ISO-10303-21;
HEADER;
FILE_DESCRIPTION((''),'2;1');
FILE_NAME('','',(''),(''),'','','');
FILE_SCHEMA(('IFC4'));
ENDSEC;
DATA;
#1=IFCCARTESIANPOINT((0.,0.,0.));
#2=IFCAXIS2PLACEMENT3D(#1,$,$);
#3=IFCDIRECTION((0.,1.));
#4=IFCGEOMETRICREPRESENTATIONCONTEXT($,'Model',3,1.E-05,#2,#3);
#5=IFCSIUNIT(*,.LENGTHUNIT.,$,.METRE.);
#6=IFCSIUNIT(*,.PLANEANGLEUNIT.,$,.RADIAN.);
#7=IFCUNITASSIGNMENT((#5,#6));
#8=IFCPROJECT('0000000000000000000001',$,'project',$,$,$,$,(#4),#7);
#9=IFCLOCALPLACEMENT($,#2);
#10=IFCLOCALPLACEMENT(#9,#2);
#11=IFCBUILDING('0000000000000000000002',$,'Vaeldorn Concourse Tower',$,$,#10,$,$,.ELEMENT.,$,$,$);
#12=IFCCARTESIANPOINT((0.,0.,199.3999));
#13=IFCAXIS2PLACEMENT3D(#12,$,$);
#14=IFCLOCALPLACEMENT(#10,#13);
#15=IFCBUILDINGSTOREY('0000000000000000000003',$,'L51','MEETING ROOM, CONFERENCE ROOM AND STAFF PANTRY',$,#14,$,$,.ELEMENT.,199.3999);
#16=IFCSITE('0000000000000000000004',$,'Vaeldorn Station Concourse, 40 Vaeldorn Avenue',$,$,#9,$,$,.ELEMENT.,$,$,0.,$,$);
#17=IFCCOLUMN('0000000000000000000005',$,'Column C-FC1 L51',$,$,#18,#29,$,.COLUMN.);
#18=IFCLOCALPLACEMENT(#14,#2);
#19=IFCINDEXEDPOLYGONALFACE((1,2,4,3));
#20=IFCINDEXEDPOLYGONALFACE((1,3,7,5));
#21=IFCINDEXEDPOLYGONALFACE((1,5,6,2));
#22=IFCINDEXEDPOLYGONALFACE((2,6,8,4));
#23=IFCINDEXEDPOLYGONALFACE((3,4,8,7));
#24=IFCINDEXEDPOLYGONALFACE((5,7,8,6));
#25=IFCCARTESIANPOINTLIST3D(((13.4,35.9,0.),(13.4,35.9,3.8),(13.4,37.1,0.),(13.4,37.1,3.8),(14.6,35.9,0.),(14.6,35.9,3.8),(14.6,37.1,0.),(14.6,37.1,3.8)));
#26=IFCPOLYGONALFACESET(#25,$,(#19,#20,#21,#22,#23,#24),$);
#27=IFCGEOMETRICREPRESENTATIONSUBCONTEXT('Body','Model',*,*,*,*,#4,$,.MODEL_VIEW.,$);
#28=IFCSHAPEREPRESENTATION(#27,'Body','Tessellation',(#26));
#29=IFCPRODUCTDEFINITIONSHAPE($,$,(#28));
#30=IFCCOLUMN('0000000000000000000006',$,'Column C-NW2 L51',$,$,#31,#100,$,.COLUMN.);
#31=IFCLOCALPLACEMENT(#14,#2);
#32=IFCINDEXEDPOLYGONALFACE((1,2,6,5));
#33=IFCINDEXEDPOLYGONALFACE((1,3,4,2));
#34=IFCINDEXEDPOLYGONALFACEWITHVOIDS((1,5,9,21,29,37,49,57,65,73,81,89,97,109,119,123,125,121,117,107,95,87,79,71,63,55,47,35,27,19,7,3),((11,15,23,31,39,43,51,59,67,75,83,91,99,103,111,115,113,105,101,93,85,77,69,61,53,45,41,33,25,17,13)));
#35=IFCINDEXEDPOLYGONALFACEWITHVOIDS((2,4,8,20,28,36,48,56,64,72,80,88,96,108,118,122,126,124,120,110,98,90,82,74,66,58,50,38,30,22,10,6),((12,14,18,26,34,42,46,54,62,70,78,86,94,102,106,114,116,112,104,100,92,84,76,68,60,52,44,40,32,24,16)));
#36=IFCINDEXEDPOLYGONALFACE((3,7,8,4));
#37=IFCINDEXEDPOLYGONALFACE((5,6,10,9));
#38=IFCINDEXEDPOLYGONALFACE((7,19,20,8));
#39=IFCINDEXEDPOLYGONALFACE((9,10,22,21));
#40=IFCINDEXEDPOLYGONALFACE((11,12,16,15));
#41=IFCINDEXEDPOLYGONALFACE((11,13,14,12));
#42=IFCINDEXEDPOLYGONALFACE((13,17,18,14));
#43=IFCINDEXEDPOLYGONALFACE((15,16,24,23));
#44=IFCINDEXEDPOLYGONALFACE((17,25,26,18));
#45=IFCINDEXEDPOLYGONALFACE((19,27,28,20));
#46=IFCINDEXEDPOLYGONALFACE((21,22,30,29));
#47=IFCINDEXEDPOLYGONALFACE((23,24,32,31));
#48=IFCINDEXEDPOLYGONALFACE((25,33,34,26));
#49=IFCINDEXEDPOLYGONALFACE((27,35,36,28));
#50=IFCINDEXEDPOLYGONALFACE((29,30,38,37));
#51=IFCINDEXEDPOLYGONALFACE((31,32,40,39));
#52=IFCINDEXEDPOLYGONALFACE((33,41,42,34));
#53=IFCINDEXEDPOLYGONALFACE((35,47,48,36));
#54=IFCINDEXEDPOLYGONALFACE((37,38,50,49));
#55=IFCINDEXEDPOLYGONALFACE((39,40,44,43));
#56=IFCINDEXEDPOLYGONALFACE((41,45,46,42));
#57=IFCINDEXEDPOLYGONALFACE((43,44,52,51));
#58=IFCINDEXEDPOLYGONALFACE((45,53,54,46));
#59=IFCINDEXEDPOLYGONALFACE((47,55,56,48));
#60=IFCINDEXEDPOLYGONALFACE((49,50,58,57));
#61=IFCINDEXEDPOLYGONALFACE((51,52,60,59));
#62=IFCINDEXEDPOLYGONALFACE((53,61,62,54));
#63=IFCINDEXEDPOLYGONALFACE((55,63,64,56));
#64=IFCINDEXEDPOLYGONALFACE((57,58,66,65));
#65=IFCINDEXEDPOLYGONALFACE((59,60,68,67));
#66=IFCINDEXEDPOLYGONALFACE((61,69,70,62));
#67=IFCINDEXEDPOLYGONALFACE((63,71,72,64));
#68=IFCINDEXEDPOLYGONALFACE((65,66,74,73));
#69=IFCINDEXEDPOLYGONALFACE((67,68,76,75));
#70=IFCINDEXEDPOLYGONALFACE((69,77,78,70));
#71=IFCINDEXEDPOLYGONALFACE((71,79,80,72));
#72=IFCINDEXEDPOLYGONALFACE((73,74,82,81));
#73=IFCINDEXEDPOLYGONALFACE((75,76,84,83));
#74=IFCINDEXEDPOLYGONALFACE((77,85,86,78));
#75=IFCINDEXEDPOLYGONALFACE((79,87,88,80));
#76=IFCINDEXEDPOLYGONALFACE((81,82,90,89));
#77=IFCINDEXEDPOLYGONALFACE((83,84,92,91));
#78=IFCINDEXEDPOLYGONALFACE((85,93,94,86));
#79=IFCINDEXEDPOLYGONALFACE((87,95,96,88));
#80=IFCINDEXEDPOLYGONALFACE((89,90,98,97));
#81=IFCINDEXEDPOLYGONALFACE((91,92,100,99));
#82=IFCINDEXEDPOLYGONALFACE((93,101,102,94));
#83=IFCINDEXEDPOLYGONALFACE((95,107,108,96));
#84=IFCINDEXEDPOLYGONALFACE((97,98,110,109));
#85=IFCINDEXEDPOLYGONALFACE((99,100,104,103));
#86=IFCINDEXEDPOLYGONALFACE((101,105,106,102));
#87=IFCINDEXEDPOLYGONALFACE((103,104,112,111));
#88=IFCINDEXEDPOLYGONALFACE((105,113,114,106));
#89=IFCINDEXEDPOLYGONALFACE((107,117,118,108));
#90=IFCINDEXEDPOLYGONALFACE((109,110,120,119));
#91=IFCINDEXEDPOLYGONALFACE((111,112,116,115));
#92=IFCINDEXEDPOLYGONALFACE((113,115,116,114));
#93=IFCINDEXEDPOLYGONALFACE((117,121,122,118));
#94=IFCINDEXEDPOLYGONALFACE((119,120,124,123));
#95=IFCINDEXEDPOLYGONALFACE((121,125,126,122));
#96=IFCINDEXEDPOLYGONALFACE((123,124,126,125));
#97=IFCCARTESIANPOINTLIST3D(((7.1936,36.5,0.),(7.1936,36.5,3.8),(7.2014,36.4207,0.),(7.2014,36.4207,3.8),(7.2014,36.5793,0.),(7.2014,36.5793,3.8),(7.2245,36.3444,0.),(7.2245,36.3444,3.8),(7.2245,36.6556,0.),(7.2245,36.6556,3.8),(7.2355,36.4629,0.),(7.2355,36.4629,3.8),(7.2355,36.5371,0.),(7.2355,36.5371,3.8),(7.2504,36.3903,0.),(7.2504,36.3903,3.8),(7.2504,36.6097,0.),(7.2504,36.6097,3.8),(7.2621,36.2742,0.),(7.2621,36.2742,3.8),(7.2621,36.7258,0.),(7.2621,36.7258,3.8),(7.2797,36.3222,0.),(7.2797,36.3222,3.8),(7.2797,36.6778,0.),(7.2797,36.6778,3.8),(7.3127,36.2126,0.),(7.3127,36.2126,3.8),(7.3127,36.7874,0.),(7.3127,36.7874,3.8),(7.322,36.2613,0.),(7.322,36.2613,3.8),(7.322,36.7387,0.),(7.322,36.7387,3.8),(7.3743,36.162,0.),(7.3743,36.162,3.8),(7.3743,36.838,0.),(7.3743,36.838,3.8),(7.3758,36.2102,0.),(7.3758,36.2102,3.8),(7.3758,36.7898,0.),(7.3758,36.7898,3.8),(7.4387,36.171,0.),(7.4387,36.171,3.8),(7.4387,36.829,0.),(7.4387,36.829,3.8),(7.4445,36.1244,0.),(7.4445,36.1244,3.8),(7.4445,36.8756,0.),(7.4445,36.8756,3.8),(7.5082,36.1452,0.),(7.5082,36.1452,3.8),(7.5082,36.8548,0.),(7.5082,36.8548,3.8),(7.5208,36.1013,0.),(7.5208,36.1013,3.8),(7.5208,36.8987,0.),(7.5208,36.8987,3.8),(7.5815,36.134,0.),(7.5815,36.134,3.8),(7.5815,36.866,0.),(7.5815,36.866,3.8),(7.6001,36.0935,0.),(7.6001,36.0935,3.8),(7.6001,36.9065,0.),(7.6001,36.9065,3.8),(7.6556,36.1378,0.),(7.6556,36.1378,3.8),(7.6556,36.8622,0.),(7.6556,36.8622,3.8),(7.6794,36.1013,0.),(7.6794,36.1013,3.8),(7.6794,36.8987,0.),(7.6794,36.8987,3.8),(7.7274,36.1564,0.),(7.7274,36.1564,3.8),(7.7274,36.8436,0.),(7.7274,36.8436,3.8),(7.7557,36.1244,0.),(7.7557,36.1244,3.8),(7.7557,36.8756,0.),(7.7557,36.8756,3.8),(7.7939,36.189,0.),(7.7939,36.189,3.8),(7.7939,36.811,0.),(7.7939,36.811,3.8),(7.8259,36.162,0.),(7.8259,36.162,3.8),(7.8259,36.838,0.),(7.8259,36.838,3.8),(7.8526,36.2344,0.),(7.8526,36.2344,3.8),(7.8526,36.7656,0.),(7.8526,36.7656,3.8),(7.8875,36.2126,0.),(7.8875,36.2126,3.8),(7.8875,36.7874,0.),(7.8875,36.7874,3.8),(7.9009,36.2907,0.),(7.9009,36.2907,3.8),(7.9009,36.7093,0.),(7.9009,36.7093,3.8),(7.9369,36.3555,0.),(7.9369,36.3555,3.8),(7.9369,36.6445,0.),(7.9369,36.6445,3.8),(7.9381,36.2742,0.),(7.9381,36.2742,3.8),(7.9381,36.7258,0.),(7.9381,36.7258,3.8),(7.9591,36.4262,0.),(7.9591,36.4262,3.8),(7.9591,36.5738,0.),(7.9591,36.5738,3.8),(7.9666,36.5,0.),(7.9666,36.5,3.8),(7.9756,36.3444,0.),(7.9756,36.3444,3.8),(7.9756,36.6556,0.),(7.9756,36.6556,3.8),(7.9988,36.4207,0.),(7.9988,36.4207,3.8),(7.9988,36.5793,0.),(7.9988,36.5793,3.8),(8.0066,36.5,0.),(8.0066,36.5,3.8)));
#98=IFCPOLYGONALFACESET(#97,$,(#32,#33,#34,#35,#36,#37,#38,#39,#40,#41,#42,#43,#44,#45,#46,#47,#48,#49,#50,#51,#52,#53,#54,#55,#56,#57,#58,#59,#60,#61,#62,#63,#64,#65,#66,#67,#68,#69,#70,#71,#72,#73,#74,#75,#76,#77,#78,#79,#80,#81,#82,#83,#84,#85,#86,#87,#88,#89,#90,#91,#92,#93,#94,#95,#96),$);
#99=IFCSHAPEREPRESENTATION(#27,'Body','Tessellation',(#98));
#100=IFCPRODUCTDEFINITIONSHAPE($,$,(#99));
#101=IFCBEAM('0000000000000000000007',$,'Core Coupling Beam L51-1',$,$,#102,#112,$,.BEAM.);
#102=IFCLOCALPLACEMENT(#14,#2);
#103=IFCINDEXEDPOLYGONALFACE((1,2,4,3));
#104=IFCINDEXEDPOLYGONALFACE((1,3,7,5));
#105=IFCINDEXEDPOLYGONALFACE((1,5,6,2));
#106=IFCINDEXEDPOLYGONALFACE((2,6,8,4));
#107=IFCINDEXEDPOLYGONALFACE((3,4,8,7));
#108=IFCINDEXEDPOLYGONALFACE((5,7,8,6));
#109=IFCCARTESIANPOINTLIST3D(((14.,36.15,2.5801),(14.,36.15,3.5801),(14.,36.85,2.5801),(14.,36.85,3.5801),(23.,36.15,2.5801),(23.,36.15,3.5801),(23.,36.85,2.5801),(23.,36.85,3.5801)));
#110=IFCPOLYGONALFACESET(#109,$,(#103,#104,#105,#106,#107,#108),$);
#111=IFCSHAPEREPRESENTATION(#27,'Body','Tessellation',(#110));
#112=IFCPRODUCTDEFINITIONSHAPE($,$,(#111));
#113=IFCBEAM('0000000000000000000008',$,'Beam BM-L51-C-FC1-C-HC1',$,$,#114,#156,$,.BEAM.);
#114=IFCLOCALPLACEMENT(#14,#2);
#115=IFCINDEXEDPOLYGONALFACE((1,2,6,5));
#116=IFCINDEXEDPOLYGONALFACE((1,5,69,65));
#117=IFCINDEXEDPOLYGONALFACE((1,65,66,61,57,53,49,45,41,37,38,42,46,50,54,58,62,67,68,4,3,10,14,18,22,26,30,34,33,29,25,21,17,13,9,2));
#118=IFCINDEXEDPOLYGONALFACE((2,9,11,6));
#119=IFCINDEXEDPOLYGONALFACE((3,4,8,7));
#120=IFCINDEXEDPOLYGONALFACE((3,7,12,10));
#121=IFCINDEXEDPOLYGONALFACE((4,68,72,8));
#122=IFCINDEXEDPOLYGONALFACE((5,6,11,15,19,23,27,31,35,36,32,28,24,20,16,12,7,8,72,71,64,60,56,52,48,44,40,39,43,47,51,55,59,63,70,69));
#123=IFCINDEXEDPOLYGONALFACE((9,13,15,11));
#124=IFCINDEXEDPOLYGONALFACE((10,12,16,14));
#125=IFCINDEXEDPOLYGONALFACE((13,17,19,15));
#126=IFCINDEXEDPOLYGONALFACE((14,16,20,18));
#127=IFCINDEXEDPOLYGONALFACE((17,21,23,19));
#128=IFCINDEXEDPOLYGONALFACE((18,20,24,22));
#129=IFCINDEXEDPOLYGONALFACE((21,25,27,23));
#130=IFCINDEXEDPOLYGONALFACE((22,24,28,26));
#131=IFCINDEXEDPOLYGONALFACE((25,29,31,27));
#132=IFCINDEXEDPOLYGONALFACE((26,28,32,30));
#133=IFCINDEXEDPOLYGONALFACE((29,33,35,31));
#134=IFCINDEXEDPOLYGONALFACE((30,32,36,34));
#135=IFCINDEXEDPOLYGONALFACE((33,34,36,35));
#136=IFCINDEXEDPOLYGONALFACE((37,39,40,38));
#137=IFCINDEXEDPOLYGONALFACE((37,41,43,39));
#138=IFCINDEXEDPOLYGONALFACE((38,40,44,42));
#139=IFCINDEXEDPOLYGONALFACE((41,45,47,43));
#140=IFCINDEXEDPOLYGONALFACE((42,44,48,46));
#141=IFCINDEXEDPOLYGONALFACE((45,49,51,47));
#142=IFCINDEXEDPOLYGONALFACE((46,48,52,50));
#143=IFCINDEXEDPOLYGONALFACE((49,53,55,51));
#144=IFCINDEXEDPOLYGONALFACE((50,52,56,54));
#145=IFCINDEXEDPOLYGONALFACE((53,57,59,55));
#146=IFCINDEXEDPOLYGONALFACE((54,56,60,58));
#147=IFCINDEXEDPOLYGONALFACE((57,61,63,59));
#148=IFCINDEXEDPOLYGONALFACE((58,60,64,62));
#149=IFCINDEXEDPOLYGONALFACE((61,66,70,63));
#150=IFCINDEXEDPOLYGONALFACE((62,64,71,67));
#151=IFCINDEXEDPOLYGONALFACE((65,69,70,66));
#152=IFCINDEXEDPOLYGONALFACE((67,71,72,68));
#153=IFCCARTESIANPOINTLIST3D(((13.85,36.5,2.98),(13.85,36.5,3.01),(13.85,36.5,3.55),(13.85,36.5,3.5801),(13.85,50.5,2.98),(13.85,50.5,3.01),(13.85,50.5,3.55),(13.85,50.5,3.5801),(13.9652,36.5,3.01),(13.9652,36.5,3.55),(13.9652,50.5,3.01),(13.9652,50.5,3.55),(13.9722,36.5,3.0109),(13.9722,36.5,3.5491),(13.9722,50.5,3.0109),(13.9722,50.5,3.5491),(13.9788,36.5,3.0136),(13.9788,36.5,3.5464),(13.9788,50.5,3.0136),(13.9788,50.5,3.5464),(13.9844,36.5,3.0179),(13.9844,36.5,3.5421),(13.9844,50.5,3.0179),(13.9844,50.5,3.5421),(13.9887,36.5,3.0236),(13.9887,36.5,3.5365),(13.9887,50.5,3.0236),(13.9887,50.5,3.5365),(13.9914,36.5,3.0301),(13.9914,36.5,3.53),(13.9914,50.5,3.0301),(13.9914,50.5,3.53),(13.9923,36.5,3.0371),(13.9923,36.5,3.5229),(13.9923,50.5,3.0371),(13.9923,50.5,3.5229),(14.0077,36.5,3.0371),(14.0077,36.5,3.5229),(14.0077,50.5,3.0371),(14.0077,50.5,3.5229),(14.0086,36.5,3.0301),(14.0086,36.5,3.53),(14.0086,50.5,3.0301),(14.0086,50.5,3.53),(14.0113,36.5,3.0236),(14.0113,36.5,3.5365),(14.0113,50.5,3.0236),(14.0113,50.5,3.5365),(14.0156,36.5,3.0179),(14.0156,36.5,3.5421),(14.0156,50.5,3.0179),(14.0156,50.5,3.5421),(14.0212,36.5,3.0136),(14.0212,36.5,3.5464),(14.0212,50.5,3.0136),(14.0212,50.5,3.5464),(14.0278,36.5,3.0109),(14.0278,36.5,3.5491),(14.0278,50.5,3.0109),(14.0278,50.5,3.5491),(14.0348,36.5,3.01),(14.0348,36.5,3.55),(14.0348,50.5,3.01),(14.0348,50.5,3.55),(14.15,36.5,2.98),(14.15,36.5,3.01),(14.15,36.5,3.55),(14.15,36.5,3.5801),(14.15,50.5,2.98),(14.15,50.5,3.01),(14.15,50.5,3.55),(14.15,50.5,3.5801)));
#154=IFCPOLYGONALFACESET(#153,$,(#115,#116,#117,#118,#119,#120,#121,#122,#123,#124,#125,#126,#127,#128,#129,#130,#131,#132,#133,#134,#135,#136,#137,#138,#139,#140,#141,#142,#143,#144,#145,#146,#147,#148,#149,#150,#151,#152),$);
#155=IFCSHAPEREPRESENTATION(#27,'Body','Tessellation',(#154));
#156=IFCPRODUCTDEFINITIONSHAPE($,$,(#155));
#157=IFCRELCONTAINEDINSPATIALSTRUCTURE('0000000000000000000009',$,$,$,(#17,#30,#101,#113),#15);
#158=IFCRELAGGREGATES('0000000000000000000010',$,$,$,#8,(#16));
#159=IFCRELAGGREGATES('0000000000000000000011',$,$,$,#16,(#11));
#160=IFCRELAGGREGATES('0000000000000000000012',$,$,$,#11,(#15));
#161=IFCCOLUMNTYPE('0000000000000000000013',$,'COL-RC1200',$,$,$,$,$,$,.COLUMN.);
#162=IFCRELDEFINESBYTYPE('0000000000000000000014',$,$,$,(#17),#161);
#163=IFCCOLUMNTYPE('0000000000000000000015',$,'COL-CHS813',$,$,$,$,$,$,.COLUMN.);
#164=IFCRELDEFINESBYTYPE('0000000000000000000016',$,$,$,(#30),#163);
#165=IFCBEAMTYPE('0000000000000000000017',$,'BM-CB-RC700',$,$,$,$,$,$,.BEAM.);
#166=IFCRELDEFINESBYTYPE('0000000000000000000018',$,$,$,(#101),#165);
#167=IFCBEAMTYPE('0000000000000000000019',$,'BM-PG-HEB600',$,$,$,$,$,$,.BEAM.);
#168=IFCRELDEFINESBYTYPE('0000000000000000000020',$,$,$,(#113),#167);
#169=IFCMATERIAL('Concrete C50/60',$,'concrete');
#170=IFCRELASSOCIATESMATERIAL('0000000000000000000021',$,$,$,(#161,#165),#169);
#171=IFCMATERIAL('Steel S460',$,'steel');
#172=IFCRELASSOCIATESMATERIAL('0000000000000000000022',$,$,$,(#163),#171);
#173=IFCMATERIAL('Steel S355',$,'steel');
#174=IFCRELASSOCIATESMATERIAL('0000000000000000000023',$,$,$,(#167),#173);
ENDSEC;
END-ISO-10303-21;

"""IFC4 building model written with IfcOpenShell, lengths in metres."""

from ifc_helpers import new_model, si_unit, direction, frame, origin, origin_2d, place, context, subcontext, project, spatial, rectangle, hollow_circle, i_section, extrude, source, transform, mapped, material, material_profile, profile_set, type_object, element, save


model = new_model("IFC4")

# Units and contexts
model_context = context("Model", 3, precision=1e-05, world=origin(), true_north=direction((0.0, 1.0)))
body_context = subcontext(model_context, "Body", "Model", "MODEL_VIEW")
ifc_project = project(units=[si_unit("LENGTHUNIT", "METRE"), si_unit("PLANEANGLEUNIT", "RADIAN")], contexts=[model_context])

# Site, building, storey
site_placement = place(None, origin())
site = spatial("IfcSite", under=ifc_project, at=site_placement, Name="Vaeldorn Station Concourse, 40 Vaeldorn Avenue", CompositionType="ELEMENT", RefElevation=0.0)
building_placement = place(site_placement, origin())
building = spatial("IfcBuilding", under=site, at=building_placement, Name="Vaeldorn Concourse Tower", CompositionType="ELEMENT")
storey_placement = place(building_placement, frame((0.0, 0.0, 199.3999)))
storey = spatial("IfcBuildingStorey", under=building, at=storey_placement, Name="L51", Description="MEETING ROOM, CONFERENCE ROOM AND STAFF PANTRY", CompositionType="ELEMENT", Elevation=199.3999)

# Columns
ifc_material_1 = material(Name="Concrete C50/60", Category="concrete")
ifc_material_profile_1 = material_profile(ifc_material_1, rectangle(XDim=1.2, YDim=1.2, at=origin_2d()), Name="RC 1200x1200")
ifc_profile_set_1 = profile_set([ifc_material_profile_1], Name="Concrete C50/60")
column_type_1 = type_object("IfcColumnType", Name="COL-RC1200", PredefinedType="COLUMN", material=ifc_profile_set_1)
shared_shape_1 = source(origin(), body_context, "Body", "SweptSolid", [
    extrude(rectangle(XDim=1.2, YDim=1.2, at=origin_2d()), origin(), (0.0, 0.0, 1.0), 3.8),
])
column_1_placement = place(storey_placement, frame((14.0, 36.5, 0.0), z_axis=(0.0, 0.0, 1.0), x_axis=(1.0, 0.0, 0.0)))
element("IfcColumn", 1, at=column_1_placement, inside=storey, type_object=column_type_1, Name="Column C-FC1 L51", PredefinedType="COLUMN", context=body_context, shape_type="MappedRepresentation", body=[
    mapped(shared_shape_1, transform((0.0, 0.0, 0.0), scale=1.0)),
])
ifc_material_2 = material(Name="Steel S460", Category="steel")
ifc_material_profile_2 = material_profile(ifc_material_2, hollow_circle(Radius=0.4065, WallThickness=0.04, at=origin_2d()), Name="CHS 813x40")
ifc_profile_set_2 = profile_set([ifc_material_profile_2], Name="Steel S460")
column_type_2 = type_object("IfcColumnType", Name="COL-CHS813", PredefinedType="COLUMN", material=ifc_profile_set_2)
shared_shape_2 = source(origin(), body_context, "Body", "SweptSolid", [
    extrude(hollow_circle(Radius=0.4065, WallThickness=0.04, at=origin_2d()), origin(), (0.0, 0.0, 1.0), 3.8),
])
column_2_placement = place(storey_placement, frame((7.6001, 36.5, 0.0), z_axis=(0.0, 0.0, 1.0), x_axis=(1.0, 0.0, 0.0)))
element("IfcColumn", 2, at=column_2_placement, inside=storey, type_object=column_type_2, Name="Column C-NW2 L51", PredefinedType="COLUMN", context=body_context, shape_type="MappedRepresentation", body=[
    mapped(shared_shape_2, transform((0.0, 0.0, 0.0), scale=1.0)),
])

# Beams
ifc_material_profile_3 = material_profile(ifc_material_1, rectangle(XDim=0.7, YDim=1.0, at=origin_2d()), Name="RC 700x1000")
ifc_profile_set_3 = profile_set([ifc_material_profile_3], Name="Concrete C50/60")
beam_type_1 = type_object("IfcBeamType", Name="BM-CB-RC700", PredefinedType="BEAM", material=ifc_profile_set_3)
shared_shape_3 = source(origin(), body_context, "Body", "SweptSolid", [
    extrude(rectangle(XDim=0.7, YDim=1.0, at=origin_2d()), origin(), (0.0, 0.0, 1.0), 9.0),
])
beam_1_placement = place(storey_placement, frame((14.0, 36.5, 3.0801), z_axis=(1.0, 0.0, 0.0), x_axis=(0.0, 1.0, 0.0)))
element("IfcBeam", 3, at=beam_1_placement, inside=storey, type_object=beam_type_1, Name="Core Coupling Beam L51-1", PredefinedType="BEAM", context=body_context, shape_type="MappedRepresentation", body=[
    mapped(shared_shape_3, transform((0.0, 0.0, 0.0), scale=1.0)),
])
ifc_material_3 = material(Name="Steel S355", Category="steel")
ifc_material_profile_4 = material_profile(ifc_material_3, i_section(OverallWidth=0.3, OverallDepth=0.6001, WebThickness=0.0154, FlangeThickness=0.03, FilletRadius=0.0271, at=origin_2d()), Name="HEB 600")
ifc_profile_set_4 = profile_set([ifc_material_profile_4], Name="Steel S355")
beam_type_2 = type_object("IfcBeamType", Name="BM-PG-HEB600", PredefinedType="BEAM", material=ifc_profile_set_4)
shared_shape_4 = source(origin(), body_context, "Body", "SweptSolid", [
    extrude(i_section(OverallWidth=0.3, OverallDepth=0.6001, WebThickness=0.0154, FlangeThickness=0.03, FilletRadius=0.0271, at=origin_2d()), origin(), (0.0, 0.0, 1.0), 14.0),
])
beam_2_placement = place(storey_placement, frame((14.0, 36.5, 3.28), z_axis=(0.0, 1.0, 0.0), x_axis=(-1.0, 0.0, 0.0)))
element("IfcBeam", 4, at=beam_2_placement, inside=storey, type_object=beam_type_2, Name="Beam BM-L51-C-FC1-C-HC1", PredefinedType="BEAM", context=body_context, shape_type="MappedRepresentation", body=[
    mapped(shared_shape_4, transform((0.0, 0.0, 0.0), scale=1.0)),
])

save(model, "model.ifc")
